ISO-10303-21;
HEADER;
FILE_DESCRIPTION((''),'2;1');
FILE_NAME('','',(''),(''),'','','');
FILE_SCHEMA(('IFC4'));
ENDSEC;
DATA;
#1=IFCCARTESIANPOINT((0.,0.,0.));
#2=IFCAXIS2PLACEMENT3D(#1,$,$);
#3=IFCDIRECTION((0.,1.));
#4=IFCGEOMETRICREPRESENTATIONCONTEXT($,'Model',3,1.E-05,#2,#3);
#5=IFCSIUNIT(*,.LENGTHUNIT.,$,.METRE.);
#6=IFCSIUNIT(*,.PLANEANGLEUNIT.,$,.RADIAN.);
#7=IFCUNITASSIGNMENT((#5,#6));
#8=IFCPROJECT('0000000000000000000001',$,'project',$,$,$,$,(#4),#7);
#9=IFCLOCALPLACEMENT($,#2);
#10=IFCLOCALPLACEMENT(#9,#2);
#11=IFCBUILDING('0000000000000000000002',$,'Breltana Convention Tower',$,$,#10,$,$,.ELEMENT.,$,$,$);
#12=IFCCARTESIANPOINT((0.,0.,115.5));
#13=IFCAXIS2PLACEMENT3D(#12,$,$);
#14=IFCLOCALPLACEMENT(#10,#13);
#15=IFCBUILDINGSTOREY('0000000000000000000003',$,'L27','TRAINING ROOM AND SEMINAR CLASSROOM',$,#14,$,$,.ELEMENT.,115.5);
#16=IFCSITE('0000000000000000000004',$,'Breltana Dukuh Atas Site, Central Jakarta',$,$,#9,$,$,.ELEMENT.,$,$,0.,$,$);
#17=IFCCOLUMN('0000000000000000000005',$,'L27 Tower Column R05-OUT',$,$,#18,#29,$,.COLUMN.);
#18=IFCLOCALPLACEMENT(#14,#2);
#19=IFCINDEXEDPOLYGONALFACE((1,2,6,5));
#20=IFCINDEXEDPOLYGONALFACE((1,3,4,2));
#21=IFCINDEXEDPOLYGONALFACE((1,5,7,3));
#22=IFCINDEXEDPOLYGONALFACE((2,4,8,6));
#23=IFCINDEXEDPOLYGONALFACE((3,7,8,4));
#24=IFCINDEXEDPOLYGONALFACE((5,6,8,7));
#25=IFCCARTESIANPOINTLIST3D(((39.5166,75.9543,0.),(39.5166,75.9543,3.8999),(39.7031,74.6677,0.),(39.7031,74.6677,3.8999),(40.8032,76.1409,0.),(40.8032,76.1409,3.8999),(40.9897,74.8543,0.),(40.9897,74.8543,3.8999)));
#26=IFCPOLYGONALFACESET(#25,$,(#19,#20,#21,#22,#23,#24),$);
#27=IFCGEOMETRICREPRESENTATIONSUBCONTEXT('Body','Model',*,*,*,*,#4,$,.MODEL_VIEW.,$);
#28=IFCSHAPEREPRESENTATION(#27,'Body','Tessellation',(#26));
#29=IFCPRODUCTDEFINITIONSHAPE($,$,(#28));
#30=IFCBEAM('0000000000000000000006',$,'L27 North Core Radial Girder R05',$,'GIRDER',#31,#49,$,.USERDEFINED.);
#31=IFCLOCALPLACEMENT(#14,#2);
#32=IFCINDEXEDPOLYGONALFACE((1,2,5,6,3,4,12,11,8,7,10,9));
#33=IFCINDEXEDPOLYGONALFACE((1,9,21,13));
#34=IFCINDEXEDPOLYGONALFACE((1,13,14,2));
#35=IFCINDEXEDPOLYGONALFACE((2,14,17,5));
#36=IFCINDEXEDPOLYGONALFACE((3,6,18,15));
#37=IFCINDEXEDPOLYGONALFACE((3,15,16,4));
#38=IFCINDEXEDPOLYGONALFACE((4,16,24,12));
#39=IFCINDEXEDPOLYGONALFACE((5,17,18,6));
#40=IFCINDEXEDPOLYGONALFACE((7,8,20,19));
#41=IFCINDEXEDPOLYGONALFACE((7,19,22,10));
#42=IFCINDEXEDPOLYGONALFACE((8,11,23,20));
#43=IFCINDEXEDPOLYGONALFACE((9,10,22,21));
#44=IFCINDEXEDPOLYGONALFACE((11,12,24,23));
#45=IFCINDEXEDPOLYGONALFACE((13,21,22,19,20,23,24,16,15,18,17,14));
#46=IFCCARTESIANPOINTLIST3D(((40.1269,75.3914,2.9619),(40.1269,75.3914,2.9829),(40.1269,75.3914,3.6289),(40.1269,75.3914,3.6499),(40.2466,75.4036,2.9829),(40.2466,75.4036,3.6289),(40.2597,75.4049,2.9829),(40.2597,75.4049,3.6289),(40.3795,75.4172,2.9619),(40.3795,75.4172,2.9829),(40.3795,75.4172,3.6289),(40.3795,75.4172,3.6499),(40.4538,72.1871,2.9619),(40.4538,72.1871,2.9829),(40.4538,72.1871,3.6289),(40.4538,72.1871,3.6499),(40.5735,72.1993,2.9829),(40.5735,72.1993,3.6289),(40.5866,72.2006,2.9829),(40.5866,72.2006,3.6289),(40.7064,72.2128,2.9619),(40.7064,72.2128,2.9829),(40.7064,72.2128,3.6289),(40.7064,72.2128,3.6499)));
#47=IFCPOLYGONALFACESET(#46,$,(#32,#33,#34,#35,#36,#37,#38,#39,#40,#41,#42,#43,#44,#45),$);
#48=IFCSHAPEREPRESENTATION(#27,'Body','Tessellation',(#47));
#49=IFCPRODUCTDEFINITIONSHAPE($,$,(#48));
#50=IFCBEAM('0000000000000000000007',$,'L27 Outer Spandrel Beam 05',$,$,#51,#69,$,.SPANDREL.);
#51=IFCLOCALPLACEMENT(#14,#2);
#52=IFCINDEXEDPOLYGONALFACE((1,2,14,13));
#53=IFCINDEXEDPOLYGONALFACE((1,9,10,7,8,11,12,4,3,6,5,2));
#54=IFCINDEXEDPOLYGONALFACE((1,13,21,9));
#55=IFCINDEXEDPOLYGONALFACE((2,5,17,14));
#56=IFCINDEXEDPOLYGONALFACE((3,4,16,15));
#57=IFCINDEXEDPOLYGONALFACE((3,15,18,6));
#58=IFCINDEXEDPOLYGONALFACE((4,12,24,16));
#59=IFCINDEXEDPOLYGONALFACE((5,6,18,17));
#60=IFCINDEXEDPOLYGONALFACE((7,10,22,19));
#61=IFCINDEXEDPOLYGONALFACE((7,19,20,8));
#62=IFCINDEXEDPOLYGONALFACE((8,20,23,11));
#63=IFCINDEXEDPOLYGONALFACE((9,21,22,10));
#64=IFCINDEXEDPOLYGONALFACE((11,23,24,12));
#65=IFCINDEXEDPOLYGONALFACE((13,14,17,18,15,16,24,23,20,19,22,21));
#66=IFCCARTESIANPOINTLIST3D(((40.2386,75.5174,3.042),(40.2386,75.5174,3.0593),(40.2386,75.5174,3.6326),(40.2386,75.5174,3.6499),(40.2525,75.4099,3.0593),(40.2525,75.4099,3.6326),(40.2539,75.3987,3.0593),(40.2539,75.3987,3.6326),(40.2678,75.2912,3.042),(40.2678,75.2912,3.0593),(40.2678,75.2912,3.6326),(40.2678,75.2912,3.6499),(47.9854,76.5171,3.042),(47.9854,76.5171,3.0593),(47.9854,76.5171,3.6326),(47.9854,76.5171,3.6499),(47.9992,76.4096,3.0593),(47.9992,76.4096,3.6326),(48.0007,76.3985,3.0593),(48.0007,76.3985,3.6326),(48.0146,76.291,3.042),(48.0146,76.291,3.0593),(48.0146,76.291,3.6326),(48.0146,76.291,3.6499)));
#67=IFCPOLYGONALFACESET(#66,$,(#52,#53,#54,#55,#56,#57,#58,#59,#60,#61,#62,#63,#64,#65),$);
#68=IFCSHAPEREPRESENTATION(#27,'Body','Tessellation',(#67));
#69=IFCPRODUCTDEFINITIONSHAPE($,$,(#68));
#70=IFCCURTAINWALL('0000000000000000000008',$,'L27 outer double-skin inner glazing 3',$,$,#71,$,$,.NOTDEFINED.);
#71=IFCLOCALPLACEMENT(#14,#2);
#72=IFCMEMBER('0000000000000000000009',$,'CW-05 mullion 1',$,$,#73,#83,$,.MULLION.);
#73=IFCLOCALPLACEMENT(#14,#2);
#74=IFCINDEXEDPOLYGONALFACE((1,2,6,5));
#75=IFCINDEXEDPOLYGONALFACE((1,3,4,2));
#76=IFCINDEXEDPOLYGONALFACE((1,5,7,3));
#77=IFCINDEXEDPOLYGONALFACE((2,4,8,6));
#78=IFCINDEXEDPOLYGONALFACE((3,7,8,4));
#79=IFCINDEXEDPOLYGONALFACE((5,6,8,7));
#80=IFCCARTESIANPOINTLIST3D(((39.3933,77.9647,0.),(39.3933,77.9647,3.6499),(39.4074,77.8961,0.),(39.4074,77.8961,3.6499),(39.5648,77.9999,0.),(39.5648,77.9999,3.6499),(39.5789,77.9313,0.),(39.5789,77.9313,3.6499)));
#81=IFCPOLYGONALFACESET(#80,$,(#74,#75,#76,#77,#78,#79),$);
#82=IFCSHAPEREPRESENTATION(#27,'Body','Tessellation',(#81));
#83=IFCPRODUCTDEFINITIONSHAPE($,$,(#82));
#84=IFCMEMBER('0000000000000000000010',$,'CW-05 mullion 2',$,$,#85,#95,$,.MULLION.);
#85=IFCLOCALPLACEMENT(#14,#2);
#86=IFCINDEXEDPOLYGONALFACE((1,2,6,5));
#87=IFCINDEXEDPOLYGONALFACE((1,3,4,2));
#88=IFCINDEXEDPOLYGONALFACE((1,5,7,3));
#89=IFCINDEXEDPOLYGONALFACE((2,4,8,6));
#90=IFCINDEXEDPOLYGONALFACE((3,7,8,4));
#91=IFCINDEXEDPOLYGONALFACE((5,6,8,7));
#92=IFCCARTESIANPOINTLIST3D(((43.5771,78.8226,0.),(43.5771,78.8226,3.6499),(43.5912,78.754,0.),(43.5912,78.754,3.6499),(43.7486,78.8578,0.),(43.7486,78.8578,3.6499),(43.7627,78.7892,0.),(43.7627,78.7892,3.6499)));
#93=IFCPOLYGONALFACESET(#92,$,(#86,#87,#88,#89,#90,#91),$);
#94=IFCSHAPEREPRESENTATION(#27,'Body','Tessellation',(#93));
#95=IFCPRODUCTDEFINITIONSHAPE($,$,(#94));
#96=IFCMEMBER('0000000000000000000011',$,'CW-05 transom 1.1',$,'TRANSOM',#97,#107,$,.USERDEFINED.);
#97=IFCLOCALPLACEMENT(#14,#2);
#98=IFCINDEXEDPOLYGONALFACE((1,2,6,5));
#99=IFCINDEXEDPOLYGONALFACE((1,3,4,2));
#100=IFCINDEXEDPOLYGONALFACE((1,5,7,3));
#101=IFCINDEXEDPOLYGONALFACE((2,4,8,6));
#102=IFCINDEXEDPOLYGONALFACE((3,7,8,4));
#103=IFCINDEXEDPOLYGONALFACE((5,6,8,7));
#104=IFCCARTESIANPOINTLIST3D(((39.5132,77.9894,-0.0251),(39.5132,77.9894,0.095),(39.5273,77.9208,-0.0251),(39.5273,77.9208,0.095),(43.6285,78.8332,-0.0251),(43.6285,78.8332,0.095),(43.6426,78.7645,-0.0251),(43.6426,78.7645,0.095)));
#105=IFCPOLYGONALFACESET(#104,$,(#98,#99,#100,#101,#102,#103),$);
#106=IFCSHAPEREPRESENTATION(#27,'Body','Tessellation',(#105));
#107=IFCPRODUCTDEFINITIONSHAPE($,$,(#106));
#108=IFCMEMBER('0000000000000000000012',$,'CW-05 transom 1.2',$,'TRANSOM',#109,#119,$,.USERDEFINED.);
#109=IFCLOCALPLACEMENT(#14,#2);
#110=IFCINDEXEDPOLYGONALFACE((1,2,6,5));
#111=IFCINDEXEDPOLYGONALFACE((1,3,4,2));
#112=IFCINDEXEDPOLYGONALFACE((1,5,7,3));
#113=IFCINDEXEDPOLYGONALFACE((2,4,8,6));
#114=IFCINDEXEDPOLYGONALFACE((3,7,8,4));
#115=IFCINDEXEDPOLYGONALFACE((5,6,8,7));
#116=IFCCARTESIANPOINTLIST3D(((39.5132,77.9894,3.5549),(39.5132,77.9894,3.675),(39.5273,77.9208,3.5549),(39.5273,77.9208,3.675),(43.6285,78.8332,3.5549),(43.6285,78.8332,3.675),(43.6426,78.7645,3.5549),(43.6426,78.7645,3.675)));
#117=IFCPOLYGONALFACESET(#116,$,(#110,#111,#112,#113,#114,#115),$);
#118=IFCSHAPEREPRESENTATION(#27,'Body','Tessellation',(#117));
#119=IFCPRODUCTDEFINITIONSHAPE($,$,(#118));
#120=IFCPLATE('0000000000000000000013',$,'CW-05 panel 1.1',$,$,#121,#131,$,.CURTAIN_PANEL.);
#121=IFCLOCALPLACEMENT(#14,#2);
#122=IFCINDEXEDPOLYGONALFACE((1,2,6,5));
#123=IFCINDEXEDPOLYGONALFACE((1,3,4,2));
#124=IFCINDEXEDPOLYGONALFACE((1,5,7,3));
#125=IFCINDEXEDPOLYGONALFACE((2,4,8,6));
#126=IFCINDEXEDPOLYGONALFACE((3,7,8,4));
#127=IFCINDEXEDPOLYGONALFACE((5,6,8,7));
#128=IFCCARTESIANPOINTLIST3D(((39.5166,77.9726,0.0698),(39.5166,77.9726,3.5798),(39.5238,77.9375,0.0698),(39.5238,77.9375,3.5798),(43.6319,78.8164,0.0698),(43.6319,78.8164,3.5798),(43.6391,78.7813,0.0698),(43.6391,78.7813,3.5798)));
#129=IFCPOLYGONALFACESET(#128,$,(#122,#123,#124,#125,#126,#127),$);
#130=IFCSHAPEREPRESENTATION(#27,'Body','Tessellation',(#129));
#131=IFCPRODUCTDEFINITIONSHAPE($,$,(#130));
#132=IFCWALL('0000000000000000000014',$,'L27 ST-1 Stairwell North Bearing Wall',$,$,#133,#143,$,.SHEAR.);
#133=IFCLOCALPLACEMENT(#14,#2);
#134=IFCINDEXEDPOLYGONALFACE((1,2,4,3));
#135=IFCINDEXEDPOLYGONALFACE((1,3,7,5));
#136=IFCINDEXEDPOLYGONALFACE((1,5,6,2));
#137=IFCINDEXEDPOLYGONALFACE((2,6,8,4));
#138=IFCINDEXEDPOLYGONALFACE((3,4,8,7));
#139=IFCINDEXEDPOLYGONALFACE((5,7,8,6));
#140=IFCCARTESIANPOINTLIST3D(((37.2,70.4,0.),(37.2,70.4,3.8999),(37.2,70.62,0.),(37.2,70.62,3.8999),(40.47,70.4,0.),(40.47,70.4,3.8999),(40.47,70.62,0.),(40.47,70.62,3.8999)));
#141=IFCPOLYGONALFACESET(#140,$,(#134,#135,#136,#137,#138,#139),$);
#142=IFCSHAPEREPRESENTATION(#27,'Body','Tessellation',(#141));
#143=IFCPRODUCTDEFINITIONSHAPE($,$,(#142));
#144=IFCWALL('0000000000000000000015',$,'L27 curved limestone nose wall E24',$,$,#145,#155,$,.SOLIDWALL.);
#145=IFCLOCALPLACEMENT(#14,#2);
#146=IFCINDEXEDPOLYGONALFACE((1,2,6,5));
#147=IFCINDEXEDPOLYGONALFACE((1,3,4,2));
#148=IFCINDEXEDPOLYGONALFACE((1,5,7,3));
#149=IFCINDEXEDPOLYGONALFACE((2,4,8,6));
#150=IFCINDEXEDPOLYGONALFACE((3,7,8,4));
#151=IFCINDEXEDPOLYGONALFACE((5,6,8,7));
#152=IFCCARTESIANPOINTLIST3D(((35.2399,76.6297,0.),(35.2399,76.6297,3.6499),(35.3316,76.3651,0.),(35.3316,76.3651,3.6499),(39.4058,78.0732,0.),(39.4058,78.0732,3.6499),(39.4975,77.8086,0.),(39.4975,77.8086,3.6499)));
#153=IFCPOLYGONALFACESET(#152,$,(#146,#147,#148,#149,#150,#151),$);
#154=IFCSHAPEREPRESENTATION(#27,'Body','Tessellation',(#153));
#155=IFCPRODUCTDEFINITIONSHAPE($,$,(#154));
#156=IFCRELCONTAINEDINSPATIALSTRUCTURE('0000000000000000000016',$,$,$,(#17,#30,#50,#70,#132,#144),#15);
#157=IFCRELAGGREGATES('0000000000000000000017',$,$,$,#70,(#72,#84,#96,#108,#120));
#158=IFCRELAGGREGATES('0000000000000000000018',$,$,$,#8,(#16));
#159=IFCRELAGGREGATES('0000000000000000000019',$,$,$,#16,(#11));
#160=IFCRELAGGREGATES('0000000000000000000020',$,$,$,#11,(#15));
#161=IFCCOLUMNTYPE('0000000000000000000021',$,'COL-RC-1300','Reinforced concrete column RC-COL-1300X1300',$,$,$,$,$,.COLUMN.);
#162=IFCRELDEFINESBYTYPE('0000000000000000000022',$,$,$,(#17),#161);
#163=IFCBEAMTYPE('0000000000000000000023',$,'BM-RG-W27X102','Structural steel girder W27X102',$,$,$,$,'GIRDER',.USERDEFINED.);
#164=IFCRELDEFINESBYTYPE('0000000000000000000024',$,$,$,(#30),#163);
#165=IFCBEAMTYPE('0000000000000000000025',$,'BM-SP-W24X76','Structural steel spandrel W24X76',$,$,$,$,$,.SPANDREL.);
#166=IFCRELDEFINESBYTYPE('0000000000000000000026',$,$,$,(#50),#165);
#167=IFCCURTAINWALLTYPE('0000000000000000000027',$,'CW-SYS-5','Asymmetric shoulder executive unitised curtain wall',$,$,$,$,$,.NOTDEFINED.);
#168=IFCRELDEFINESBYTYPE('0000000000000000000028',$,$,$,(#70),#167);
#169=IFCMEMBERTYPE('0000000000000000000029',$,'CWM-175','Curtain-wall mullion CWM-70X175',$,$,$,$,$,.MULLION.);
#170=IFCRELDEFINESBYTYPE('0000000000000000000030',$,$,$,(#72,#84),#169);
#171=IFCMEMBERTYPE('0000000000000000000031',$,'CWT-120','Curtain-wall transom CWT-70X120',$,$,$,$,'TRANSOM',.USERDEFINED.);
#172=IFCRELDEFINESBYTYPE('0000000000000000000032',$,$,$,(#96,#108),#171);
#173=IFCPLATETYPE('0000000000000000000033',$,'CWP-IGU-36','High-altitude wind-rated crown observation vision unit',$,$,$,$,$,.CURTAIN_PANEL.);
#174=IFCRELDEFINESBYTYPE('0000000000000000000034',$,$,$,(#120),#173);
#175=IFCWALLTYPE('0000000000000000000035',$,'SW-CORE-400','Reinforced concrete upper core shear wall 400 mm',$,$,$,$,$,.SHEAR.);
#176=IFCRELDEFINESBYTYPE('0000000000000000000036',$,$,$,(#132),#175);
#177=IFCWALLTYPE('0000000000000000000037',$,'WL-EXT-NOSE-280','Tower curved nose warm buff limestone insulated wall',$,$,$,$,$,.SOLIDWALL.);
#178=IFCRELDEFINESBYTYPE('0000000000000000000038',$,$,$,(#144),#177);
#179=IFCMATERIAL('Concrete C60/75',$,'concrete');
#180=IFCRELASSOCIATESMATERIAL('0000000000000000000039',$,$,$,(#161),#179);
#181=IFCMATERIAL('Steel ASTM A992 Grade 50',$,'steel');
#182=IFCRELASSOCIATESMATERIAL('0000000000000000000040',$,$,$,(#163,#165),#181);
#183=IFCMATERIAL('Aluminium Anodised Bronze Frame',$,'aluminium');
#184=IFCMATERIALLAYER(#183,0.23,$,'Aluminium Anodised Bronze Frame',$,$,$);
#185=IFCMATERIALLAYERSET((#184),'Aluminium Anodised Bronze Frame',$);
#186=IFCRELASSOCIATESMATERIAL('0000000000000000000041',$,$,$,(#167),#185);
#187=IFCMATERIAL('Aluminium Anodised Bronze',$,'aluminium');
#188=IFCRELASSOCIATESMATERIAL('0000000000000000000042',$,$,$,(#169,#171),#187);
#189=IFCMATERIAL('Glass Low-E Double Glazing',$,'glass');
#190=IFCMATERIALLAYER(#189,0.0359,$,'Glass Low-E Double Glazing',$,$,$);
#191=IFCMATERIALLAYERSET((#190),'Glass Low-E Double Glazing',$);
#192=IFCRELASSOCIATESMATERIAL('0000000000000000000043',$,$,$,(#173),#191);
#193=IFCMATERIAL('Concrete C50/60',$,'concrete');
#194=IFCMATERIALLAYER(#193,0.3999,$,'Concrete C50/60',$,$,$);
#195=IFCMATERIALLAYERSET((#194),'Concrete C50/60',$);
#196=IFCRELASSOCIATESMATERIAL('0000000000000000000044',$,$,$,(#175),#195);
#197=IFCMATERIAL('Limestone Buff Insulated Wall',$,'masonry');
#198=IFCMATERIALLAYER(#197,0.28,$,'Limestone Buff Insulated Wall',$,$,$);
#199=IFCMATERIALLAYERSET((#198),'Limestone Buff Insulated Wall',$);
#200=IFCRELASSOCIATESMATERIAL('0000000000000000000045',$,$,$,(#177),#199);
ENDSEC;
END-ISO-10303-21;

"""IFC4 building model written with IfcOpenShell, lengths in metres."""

from ifc_helpers import new_model, si_unit, direction, frame, frame_2d, origin, origin_2d, place, context, subcontext, project, spatial, rectangle, i_section, extrude, source, transform, mapped, material, layer, layer_set, material_profile, profile_set, type_object, element, aggregate, save


model = new_model("IFC4")

# Units and contexts
model_context = context("Model", 3, precision=1e-05, world=origin(), true_north=direction((0.0, 1.0)))
body_context = subcontext(model_context, "Body", "Model", "MODEL_VIEW")
ifc_project = project(units=[si_unit("LENGTHUNIT", "METRE"), si_unit("PLANEANGLEUNIT", "RADIAN")], contexts=[model_context])

# Site, building, storey
site_placement = place(None, origin())
site = spatial("IfcSite", under=ifc_project, at=site_placement, Name="Breltana Dukuh Atas Site, Central Jakarta", CompositionType="ELEMENT", RefElevation=0.0)
building_placement = place(site_placement, origin())
building = spatial("IfcBuilding", under=site, at=building_placement, Name="Breltana Convention Tower", CompositionType="ELEMENT")
storey_placement = place(building_placement, frame((0.0, 0.0, 115.5)))
storey = spatial("IfcBuildingStorey", under=building, at=storey_placement, Name="L27", Description="TRAINING ROOM AND SEMINAR CLASSROOM", CompositionType="ELEMENT", Elevation=115.5)

# Column
ifc_material_1 = material(Name="Concrete C60/75", Category="concrete")
ifc_material_profile_1 = material_profile(ifc_material_1, rectangle(XDim=1.3, YDim=1.3, at=origin_2d()), Name="RC-COL-1300X1300")
ifc_profile_set_1 = profile_set([ifc_material_profile_1], Name="Concrete C60/75")
column_type = type_object("IfcColumnType", Name="COL-RC-1300", Description="Reinforced concrete column RC-COL-1300X1300", PredefinedType="COLUMN", material=ifc_profile_set_1)
shared_shape_1 = source(origin(), body_context, "Body", "SweptSolid", [
    extrude(rectangle(XDim=1.3, YDim=1.3, at=origin_2d()), origin(), (0.0, 0.0, 1.0), 3.8999),
])
column_placement = place(storey_placement, frame((40.2532, 75.4043, 0.0), z_axis=(0.0, 0.0, 1.0), x_axis=(-0.143493, 0.989651, 0.0)))
element("IfcColumn", 1, at=column_placement, inside=storey, type_object=column_type, Name="L27 Tower Column R05-OUT", PredefinedType="COLUMN", context=body_context, shape_type="MappedRepresentation", body=[
    mapped(shared_shape_1, transform((0.0, 0.0, 0.0), scale=1.0)),
])

# Beams
ifc_material_2 = material(Name="Steel ASTM A992 Grade 50", Category="steel")
ifc_material_profile_2 = material_profile(ifc_material_2, i_section(OverallWidth=0.2539, OverallDepth=0.688, WebThickness=0.0132, FlangeThickness=0.021, at=origin_2d()), Name="W27X102")
ifc_profile_set_2 = profile_set([ifc_material_profile_2], Name="Steel ASTM A992 Grade 50")
beam_type_1 = type_object("IfcBeamType", Name="BM-RG-W27X102", Description="Structural steel girder W27X102", ElementType="GIRDER", PredefinedType="USERDEFINED", material=ifc_profile_set_2)
shared_shape_2 = source(origin(), body_context, "Body", "SweptSolid", [
    extrude(i_section(OverallWidth=0.2539, OverallDepth=0.688, WebThickness=0.0132, FlangeThickness=0.021, at=origin_2d()), origin(), (0.0, 0.0, 1.0), 3.2209),
])
beam_1_placement = place(storey_placement, frame((40.5801, 72.2, 3.3059), z_axis=(-0.101492, 0.994836, 0.0), x_axis=(-0.994836, -0.101492, 0.0)))
element("IfcBeam", 2, at=beam_1_placement, inside=storey, type_object=beam_type_1, Name="L27 North Core Radial Girder R05", ObjectType="GIRDER", PredefinedType="USERDEFINED", context=body_context, shape_type="MappedRepresentation", body=[
    mapped(shared_shape_2, transform((0.0, 0.0, 0.0), scale=1.0)),
])
ifc_material_profile_3 = material_profile(ifc_material_2, i_section(OverallWidth=0.228, OverallDepth=0.6079, WebThickness=0.0112, FlangeThickness=0.0173, at=origin_2d()), Name="W24X76")
ifc_profile_set_3 = profile_set([ifc_material_profile_3], Name="Steel ASTM A992 Grade 50")
beam_type_2 = type_object("IfcBeamType", Name="BM-SP-W24X76", Description="Structural steel spandrel W24X76", PredefinedType="SPANDREL", material=ifc_profile_set_3)
shared_shape_3 = source(origin(), body_context, "Body", "SweptSolid", [
    extrude(i_section(OverallWidth=0.228, OverallDepth=0.6079, WebThickness=0.0112, FlangeThickness=0.0173, at=origin_2d()), origin(), (0.0, 0.0, 1.0), 7.811),
])
beam_2_placement = place(storey_placement, frame((40.2532, 75.4043, 3.3459), z_axis=(0.991775, 0.127992, 0.0), x_axis=(-0.127992, 0.991775, 0.0)))
element("IfcBeam", 3, at=beam_2_placement, inside=storey, type_object=beam_type_2, Name="L27 Outer Spandrel Beam 05", PredefinedType="SPANDREL", context=body_context, shape_type="MappedRepresentation", body=[
    mapped(shared_shape_3, transform((0.0, 0.0, 0.0), scale=1.0)),
])

# Curtain wall, members, plate
ifc_material_3 = material(Name="Aluminium Anodised Bronze Frame", Category="aluminium")
ifc_layer_1 = layer(ifc_material_3, 0.23, Name="Aluminium Anodised Bronze Frame")
ifc_layer_set_1 = layer_set([ifc_layer_1], Name="Aluminium Anodised Bronze Frame")
curtain_wall_type = type_object("IfcCurtainWallType", Name="CW-SYS-5", Description="Asymmetric shoulder executive unitised curtain wall", PredefinedType="NOTDEFINED", material=ifc_layer_set_1)
curtain_wall_placement = place(storey_placement, origin())
curtain_wall = element("IfcCurtainWall", 4, at=curtain_wall_placement, inside=storey, type_object=curtain_wall_type, Name="L27 outer double-skin inner glazing 3", PredefinedType="NOTDEFINED")
ifc_material_4 = material(Name="Aluminium Anodised Bronze", Category="aluminium")
ifc_material_profile_4 = material_profile(ifc_material_4, rectangle(XDim=0.0701, YDim=0.175, at=origin_2d()), Name="CWM-70X175")
ifc_profile_set_4 = profile_set([ifc_material_profile_4], Name="Aluminium Anodised Bronze")
member_type_1 = type_object("IfcMemberType", Name="CWM-175", Description="Curtain-wall mullion CWM-70X175", PredefinedType="MULLION", material=ifc_profile_set_4)
shared_shape_4 = source(origin(), body_context, "Body", "SweptSolid", [
    extrude(rectangle(XDim=0.0701, YDim=0.175, at=origin_2d()), origin(), (0.0, 0.0, 1.0), 3.6499),
])
member_1_placement = place(storey_placement, frame((39.4861, 77.948, 0.0), z_axis=(0.0, 0.0, 1.0), x_axis=(-0.200859, 0.97962, 0.0)))
member_1 = element("IfcMember", 5, at=member_1_placement, type_object=member_type_1, Name="CW-05 mullion 1", PredefinedType="MULLION", context=body_context, shape_type="MappedRepresentation", body=[
    mapped(shared_shape_4, transform((0.0, 0.0, 0.0), scale=1.0)),
])
member_2_placement = place(storey_placement, frame((43.6699, 78.8059, 0.0), z_axis=(0.0, 0.0, 1.0), x_axis=(-0.200859, 0.97962, 0.0)))
member_2 = element("IfcMember", 6, at=member_2_placement, type_object=member_type_1, Name="CW-05 mullion 2", PredefinedType="MULLION", context=body_context, shape_type="MappedRepresentation", body=[
    mapped(shared_shape_4, transform((0.0, 0.0, 0.0), scale=1.0)),
])
ifc_material_profile_5 = material_profile(ifc_material_4, rectangle(XDim=0.0701, YDim=0.1201, at=origin_2d()), Name="CWT-70X120")
ifc_profile_set_5 = profile_set([ifc_material_profile_5], Name="Aluminium Anodised Bronze")
member_type_2 = type_object("IfcMemberType", Name="CWT-120", Description="Curtain-wall transom CWT-70X120", ElementType="TRANSOM", PredefinedType="USERDEFINED", material=ifc_profile_set_5)
shared_shape_5 = source(origin(), body_context, "Body", "SweptSolid", [
    extrude(rectangle(XDim=0.0701, YDim=0.1201, at=origin_2d()), origin(), (0.0, 0.0, 1.0), 4.2009),
])
member_3_placement = place(storey_placement, frame((39.5203, 77.9551, 0.0349), z_axis=(0.979621, 0.200853, 0.0), x_axis=(-0.200853, 0.979621, 0.0)))
member_3 = element("IfcMember", 7, at=member_3_placement, type_object=member_type_2, Name="CW-05 transom 1.1", ObjectType="TRANSOM", PredefinedType="USERDEFINED", context=body_context, shape_type="MappedRepresentation", body=[
    mapped(shared_shape_5, transform((0.0, 0.0, 0.0), scale=1.0)),
])
member_4_placement = place(storey_placement, frame((39.5203, 77.9551, 3.615), z_axis=(0.979621, 0.200853, 0.0), x_axis=(-0.200853, 0.979621, 0.0)))
member_4 = element("IfcMember", 8, at=member_4_placement, type_object=member_type_2, Name="CW-05 transom 1.2", ObjectType="TRANSOM", PredefinedType="USERDEFINED", context=body_context, shape_type="MappedRepresentation", body=[
    mapped(shared_shape_5, transform((0.0, 0.0, 0.0), scale=1.0)),
])
ifc_material_5 = material(Name="Glass Low-E Double Glazing", Category="glass")
ifc_layer_2 = layer(ifc_material_5, 0.0359, Name="Glass Low-E Double Glazing")
ifc_layer_set_2 = layer_set([ifc_layer_2], Name="Glass Low-E Double Glazing")
plate_type = type_object("IfcPlateType", Name="CWP-IGU-36", Description="High-altitude wind-rated crown observation vision unit", PredefinedType="CURTAIN_PANEL", material=ifc_layer_set_2)
shared_shape_6 = source(origin(), body_context, "Body", "SweptSolid", [
    extrude(rectangle(XDim=4.2009, YDim=0.0359, at=origin_2d()), origin(), (0.0, 0.0, 1.0), 3.51),
])
plate_placement = place(storey_placement, frame((41.5779, 78.377, 0.0698), z_axis=(0.0, 0.0, 1.0), x_axis=(0.97962, 0.200859, 0.0)))
plate = element("IfcPlate", 9, at=plate_placement, type_object=plate_type, Name="CW-05 panel 1.1", PredefinedType="CURTAIN_PANEL", context=body_context, shape_type="MappedRepresentation", body=[
    mapped(shared_shape_6, transform((0.0, 0.0, 0.0), scale=1.0)),
])
aggregate(curtain_wall, [member_1, member_2, member_3, member_4, plate])

# Walls
ifc_material_6 = material(Name="Concrete C50/60", Category="concrete")
ifc_layer_3 = layer(ifc_material_6, 0.3999, Name="Concrete C50/60")
ifc_layer_set_3 = layer_set([ifc_layer_3], Name="Concrete C50/60")
wall_type_1 = type_object("IfcWallType", Name="SW-CORE-400", Description="Reinforced concrete upper core shear wall 400 mm", PredefinedType="SHEAR", material=ifc_layer_set_3)
shared_shape_7 = source(origin(), body_context, "Body", "SweptSolid", [
    extrude(rectangle(XDim=3.27, YDim=0.22, at=frame_2d((1.635, 0.0))), origin(), (0.0, 0.0, 1.0), 3.8999),
])
wall_1_placement = place(storey_placement, frame((37.2, 70.51, 0.0), z_axis=(0.0, 0.0, 1.0), x_axis=(1.0, 0.0, 0.0)))
element("IfcWall", 10, at=wall_1_placement, inside=storey, type_object=wall_type_1, Name="L27 ST-1 Stairwell North Bearing Wall", PredefinedType="SHEAR", context=body_context, shape_type="MappedRepresentation", body=[
    mapped(shared_shape_7, transform((0.0, 0.0, 0.0), scale=1.0)),
])
ifc_material_7 = material(Name="Limestone Buff Insulated Wall", Category="masonry")
ifc_layer_4 = layer(ifc_material_7, 0.28, Name="Limestone Buff Insulated Wall")
ifc_layer_set_4 = layer_set([ifc_layer_4], Name="Limestone Buff Insulated Wall")
wall_type_2 = type_object("IfcWallType", Name="WL-EXT-NOSE-280", Description="Tower curved nose warm buff limestone insulated wall", PredefinedType="SOLIDWALL", material=ifc_layer_set_4)
shared_shape_8 = source(origin(), body_context, "Body", "SweptSolid", [
    extrude(rectangle(XDim=4.4089, YDim=0.28, at=frame_2d((2.2046, 0.0))), origin(), (0.0, 0.0, 1.0), 3.6499),
])
wall_2_placement = place(storey_placement, frame((35.2856, 76.4973, 0.0), z_axis=(0.0, 0.0, 1.0), x_axis=(0.944879, 0.327419, 0.0)))
element("IfcWall", 11, at=wall_2_placement, inside=storey, type_object=wall_type_2, Name="L27 curved limestone nose wall E24", PredefinedType="SOLIDWALL", context=body_context, shape_type="MappedRepresentation", body=[
    mapped(shared_shape_8, transform((0.0, 0.0, 0.0), scale=1.0)),
])

save(model, "model.ifc")
